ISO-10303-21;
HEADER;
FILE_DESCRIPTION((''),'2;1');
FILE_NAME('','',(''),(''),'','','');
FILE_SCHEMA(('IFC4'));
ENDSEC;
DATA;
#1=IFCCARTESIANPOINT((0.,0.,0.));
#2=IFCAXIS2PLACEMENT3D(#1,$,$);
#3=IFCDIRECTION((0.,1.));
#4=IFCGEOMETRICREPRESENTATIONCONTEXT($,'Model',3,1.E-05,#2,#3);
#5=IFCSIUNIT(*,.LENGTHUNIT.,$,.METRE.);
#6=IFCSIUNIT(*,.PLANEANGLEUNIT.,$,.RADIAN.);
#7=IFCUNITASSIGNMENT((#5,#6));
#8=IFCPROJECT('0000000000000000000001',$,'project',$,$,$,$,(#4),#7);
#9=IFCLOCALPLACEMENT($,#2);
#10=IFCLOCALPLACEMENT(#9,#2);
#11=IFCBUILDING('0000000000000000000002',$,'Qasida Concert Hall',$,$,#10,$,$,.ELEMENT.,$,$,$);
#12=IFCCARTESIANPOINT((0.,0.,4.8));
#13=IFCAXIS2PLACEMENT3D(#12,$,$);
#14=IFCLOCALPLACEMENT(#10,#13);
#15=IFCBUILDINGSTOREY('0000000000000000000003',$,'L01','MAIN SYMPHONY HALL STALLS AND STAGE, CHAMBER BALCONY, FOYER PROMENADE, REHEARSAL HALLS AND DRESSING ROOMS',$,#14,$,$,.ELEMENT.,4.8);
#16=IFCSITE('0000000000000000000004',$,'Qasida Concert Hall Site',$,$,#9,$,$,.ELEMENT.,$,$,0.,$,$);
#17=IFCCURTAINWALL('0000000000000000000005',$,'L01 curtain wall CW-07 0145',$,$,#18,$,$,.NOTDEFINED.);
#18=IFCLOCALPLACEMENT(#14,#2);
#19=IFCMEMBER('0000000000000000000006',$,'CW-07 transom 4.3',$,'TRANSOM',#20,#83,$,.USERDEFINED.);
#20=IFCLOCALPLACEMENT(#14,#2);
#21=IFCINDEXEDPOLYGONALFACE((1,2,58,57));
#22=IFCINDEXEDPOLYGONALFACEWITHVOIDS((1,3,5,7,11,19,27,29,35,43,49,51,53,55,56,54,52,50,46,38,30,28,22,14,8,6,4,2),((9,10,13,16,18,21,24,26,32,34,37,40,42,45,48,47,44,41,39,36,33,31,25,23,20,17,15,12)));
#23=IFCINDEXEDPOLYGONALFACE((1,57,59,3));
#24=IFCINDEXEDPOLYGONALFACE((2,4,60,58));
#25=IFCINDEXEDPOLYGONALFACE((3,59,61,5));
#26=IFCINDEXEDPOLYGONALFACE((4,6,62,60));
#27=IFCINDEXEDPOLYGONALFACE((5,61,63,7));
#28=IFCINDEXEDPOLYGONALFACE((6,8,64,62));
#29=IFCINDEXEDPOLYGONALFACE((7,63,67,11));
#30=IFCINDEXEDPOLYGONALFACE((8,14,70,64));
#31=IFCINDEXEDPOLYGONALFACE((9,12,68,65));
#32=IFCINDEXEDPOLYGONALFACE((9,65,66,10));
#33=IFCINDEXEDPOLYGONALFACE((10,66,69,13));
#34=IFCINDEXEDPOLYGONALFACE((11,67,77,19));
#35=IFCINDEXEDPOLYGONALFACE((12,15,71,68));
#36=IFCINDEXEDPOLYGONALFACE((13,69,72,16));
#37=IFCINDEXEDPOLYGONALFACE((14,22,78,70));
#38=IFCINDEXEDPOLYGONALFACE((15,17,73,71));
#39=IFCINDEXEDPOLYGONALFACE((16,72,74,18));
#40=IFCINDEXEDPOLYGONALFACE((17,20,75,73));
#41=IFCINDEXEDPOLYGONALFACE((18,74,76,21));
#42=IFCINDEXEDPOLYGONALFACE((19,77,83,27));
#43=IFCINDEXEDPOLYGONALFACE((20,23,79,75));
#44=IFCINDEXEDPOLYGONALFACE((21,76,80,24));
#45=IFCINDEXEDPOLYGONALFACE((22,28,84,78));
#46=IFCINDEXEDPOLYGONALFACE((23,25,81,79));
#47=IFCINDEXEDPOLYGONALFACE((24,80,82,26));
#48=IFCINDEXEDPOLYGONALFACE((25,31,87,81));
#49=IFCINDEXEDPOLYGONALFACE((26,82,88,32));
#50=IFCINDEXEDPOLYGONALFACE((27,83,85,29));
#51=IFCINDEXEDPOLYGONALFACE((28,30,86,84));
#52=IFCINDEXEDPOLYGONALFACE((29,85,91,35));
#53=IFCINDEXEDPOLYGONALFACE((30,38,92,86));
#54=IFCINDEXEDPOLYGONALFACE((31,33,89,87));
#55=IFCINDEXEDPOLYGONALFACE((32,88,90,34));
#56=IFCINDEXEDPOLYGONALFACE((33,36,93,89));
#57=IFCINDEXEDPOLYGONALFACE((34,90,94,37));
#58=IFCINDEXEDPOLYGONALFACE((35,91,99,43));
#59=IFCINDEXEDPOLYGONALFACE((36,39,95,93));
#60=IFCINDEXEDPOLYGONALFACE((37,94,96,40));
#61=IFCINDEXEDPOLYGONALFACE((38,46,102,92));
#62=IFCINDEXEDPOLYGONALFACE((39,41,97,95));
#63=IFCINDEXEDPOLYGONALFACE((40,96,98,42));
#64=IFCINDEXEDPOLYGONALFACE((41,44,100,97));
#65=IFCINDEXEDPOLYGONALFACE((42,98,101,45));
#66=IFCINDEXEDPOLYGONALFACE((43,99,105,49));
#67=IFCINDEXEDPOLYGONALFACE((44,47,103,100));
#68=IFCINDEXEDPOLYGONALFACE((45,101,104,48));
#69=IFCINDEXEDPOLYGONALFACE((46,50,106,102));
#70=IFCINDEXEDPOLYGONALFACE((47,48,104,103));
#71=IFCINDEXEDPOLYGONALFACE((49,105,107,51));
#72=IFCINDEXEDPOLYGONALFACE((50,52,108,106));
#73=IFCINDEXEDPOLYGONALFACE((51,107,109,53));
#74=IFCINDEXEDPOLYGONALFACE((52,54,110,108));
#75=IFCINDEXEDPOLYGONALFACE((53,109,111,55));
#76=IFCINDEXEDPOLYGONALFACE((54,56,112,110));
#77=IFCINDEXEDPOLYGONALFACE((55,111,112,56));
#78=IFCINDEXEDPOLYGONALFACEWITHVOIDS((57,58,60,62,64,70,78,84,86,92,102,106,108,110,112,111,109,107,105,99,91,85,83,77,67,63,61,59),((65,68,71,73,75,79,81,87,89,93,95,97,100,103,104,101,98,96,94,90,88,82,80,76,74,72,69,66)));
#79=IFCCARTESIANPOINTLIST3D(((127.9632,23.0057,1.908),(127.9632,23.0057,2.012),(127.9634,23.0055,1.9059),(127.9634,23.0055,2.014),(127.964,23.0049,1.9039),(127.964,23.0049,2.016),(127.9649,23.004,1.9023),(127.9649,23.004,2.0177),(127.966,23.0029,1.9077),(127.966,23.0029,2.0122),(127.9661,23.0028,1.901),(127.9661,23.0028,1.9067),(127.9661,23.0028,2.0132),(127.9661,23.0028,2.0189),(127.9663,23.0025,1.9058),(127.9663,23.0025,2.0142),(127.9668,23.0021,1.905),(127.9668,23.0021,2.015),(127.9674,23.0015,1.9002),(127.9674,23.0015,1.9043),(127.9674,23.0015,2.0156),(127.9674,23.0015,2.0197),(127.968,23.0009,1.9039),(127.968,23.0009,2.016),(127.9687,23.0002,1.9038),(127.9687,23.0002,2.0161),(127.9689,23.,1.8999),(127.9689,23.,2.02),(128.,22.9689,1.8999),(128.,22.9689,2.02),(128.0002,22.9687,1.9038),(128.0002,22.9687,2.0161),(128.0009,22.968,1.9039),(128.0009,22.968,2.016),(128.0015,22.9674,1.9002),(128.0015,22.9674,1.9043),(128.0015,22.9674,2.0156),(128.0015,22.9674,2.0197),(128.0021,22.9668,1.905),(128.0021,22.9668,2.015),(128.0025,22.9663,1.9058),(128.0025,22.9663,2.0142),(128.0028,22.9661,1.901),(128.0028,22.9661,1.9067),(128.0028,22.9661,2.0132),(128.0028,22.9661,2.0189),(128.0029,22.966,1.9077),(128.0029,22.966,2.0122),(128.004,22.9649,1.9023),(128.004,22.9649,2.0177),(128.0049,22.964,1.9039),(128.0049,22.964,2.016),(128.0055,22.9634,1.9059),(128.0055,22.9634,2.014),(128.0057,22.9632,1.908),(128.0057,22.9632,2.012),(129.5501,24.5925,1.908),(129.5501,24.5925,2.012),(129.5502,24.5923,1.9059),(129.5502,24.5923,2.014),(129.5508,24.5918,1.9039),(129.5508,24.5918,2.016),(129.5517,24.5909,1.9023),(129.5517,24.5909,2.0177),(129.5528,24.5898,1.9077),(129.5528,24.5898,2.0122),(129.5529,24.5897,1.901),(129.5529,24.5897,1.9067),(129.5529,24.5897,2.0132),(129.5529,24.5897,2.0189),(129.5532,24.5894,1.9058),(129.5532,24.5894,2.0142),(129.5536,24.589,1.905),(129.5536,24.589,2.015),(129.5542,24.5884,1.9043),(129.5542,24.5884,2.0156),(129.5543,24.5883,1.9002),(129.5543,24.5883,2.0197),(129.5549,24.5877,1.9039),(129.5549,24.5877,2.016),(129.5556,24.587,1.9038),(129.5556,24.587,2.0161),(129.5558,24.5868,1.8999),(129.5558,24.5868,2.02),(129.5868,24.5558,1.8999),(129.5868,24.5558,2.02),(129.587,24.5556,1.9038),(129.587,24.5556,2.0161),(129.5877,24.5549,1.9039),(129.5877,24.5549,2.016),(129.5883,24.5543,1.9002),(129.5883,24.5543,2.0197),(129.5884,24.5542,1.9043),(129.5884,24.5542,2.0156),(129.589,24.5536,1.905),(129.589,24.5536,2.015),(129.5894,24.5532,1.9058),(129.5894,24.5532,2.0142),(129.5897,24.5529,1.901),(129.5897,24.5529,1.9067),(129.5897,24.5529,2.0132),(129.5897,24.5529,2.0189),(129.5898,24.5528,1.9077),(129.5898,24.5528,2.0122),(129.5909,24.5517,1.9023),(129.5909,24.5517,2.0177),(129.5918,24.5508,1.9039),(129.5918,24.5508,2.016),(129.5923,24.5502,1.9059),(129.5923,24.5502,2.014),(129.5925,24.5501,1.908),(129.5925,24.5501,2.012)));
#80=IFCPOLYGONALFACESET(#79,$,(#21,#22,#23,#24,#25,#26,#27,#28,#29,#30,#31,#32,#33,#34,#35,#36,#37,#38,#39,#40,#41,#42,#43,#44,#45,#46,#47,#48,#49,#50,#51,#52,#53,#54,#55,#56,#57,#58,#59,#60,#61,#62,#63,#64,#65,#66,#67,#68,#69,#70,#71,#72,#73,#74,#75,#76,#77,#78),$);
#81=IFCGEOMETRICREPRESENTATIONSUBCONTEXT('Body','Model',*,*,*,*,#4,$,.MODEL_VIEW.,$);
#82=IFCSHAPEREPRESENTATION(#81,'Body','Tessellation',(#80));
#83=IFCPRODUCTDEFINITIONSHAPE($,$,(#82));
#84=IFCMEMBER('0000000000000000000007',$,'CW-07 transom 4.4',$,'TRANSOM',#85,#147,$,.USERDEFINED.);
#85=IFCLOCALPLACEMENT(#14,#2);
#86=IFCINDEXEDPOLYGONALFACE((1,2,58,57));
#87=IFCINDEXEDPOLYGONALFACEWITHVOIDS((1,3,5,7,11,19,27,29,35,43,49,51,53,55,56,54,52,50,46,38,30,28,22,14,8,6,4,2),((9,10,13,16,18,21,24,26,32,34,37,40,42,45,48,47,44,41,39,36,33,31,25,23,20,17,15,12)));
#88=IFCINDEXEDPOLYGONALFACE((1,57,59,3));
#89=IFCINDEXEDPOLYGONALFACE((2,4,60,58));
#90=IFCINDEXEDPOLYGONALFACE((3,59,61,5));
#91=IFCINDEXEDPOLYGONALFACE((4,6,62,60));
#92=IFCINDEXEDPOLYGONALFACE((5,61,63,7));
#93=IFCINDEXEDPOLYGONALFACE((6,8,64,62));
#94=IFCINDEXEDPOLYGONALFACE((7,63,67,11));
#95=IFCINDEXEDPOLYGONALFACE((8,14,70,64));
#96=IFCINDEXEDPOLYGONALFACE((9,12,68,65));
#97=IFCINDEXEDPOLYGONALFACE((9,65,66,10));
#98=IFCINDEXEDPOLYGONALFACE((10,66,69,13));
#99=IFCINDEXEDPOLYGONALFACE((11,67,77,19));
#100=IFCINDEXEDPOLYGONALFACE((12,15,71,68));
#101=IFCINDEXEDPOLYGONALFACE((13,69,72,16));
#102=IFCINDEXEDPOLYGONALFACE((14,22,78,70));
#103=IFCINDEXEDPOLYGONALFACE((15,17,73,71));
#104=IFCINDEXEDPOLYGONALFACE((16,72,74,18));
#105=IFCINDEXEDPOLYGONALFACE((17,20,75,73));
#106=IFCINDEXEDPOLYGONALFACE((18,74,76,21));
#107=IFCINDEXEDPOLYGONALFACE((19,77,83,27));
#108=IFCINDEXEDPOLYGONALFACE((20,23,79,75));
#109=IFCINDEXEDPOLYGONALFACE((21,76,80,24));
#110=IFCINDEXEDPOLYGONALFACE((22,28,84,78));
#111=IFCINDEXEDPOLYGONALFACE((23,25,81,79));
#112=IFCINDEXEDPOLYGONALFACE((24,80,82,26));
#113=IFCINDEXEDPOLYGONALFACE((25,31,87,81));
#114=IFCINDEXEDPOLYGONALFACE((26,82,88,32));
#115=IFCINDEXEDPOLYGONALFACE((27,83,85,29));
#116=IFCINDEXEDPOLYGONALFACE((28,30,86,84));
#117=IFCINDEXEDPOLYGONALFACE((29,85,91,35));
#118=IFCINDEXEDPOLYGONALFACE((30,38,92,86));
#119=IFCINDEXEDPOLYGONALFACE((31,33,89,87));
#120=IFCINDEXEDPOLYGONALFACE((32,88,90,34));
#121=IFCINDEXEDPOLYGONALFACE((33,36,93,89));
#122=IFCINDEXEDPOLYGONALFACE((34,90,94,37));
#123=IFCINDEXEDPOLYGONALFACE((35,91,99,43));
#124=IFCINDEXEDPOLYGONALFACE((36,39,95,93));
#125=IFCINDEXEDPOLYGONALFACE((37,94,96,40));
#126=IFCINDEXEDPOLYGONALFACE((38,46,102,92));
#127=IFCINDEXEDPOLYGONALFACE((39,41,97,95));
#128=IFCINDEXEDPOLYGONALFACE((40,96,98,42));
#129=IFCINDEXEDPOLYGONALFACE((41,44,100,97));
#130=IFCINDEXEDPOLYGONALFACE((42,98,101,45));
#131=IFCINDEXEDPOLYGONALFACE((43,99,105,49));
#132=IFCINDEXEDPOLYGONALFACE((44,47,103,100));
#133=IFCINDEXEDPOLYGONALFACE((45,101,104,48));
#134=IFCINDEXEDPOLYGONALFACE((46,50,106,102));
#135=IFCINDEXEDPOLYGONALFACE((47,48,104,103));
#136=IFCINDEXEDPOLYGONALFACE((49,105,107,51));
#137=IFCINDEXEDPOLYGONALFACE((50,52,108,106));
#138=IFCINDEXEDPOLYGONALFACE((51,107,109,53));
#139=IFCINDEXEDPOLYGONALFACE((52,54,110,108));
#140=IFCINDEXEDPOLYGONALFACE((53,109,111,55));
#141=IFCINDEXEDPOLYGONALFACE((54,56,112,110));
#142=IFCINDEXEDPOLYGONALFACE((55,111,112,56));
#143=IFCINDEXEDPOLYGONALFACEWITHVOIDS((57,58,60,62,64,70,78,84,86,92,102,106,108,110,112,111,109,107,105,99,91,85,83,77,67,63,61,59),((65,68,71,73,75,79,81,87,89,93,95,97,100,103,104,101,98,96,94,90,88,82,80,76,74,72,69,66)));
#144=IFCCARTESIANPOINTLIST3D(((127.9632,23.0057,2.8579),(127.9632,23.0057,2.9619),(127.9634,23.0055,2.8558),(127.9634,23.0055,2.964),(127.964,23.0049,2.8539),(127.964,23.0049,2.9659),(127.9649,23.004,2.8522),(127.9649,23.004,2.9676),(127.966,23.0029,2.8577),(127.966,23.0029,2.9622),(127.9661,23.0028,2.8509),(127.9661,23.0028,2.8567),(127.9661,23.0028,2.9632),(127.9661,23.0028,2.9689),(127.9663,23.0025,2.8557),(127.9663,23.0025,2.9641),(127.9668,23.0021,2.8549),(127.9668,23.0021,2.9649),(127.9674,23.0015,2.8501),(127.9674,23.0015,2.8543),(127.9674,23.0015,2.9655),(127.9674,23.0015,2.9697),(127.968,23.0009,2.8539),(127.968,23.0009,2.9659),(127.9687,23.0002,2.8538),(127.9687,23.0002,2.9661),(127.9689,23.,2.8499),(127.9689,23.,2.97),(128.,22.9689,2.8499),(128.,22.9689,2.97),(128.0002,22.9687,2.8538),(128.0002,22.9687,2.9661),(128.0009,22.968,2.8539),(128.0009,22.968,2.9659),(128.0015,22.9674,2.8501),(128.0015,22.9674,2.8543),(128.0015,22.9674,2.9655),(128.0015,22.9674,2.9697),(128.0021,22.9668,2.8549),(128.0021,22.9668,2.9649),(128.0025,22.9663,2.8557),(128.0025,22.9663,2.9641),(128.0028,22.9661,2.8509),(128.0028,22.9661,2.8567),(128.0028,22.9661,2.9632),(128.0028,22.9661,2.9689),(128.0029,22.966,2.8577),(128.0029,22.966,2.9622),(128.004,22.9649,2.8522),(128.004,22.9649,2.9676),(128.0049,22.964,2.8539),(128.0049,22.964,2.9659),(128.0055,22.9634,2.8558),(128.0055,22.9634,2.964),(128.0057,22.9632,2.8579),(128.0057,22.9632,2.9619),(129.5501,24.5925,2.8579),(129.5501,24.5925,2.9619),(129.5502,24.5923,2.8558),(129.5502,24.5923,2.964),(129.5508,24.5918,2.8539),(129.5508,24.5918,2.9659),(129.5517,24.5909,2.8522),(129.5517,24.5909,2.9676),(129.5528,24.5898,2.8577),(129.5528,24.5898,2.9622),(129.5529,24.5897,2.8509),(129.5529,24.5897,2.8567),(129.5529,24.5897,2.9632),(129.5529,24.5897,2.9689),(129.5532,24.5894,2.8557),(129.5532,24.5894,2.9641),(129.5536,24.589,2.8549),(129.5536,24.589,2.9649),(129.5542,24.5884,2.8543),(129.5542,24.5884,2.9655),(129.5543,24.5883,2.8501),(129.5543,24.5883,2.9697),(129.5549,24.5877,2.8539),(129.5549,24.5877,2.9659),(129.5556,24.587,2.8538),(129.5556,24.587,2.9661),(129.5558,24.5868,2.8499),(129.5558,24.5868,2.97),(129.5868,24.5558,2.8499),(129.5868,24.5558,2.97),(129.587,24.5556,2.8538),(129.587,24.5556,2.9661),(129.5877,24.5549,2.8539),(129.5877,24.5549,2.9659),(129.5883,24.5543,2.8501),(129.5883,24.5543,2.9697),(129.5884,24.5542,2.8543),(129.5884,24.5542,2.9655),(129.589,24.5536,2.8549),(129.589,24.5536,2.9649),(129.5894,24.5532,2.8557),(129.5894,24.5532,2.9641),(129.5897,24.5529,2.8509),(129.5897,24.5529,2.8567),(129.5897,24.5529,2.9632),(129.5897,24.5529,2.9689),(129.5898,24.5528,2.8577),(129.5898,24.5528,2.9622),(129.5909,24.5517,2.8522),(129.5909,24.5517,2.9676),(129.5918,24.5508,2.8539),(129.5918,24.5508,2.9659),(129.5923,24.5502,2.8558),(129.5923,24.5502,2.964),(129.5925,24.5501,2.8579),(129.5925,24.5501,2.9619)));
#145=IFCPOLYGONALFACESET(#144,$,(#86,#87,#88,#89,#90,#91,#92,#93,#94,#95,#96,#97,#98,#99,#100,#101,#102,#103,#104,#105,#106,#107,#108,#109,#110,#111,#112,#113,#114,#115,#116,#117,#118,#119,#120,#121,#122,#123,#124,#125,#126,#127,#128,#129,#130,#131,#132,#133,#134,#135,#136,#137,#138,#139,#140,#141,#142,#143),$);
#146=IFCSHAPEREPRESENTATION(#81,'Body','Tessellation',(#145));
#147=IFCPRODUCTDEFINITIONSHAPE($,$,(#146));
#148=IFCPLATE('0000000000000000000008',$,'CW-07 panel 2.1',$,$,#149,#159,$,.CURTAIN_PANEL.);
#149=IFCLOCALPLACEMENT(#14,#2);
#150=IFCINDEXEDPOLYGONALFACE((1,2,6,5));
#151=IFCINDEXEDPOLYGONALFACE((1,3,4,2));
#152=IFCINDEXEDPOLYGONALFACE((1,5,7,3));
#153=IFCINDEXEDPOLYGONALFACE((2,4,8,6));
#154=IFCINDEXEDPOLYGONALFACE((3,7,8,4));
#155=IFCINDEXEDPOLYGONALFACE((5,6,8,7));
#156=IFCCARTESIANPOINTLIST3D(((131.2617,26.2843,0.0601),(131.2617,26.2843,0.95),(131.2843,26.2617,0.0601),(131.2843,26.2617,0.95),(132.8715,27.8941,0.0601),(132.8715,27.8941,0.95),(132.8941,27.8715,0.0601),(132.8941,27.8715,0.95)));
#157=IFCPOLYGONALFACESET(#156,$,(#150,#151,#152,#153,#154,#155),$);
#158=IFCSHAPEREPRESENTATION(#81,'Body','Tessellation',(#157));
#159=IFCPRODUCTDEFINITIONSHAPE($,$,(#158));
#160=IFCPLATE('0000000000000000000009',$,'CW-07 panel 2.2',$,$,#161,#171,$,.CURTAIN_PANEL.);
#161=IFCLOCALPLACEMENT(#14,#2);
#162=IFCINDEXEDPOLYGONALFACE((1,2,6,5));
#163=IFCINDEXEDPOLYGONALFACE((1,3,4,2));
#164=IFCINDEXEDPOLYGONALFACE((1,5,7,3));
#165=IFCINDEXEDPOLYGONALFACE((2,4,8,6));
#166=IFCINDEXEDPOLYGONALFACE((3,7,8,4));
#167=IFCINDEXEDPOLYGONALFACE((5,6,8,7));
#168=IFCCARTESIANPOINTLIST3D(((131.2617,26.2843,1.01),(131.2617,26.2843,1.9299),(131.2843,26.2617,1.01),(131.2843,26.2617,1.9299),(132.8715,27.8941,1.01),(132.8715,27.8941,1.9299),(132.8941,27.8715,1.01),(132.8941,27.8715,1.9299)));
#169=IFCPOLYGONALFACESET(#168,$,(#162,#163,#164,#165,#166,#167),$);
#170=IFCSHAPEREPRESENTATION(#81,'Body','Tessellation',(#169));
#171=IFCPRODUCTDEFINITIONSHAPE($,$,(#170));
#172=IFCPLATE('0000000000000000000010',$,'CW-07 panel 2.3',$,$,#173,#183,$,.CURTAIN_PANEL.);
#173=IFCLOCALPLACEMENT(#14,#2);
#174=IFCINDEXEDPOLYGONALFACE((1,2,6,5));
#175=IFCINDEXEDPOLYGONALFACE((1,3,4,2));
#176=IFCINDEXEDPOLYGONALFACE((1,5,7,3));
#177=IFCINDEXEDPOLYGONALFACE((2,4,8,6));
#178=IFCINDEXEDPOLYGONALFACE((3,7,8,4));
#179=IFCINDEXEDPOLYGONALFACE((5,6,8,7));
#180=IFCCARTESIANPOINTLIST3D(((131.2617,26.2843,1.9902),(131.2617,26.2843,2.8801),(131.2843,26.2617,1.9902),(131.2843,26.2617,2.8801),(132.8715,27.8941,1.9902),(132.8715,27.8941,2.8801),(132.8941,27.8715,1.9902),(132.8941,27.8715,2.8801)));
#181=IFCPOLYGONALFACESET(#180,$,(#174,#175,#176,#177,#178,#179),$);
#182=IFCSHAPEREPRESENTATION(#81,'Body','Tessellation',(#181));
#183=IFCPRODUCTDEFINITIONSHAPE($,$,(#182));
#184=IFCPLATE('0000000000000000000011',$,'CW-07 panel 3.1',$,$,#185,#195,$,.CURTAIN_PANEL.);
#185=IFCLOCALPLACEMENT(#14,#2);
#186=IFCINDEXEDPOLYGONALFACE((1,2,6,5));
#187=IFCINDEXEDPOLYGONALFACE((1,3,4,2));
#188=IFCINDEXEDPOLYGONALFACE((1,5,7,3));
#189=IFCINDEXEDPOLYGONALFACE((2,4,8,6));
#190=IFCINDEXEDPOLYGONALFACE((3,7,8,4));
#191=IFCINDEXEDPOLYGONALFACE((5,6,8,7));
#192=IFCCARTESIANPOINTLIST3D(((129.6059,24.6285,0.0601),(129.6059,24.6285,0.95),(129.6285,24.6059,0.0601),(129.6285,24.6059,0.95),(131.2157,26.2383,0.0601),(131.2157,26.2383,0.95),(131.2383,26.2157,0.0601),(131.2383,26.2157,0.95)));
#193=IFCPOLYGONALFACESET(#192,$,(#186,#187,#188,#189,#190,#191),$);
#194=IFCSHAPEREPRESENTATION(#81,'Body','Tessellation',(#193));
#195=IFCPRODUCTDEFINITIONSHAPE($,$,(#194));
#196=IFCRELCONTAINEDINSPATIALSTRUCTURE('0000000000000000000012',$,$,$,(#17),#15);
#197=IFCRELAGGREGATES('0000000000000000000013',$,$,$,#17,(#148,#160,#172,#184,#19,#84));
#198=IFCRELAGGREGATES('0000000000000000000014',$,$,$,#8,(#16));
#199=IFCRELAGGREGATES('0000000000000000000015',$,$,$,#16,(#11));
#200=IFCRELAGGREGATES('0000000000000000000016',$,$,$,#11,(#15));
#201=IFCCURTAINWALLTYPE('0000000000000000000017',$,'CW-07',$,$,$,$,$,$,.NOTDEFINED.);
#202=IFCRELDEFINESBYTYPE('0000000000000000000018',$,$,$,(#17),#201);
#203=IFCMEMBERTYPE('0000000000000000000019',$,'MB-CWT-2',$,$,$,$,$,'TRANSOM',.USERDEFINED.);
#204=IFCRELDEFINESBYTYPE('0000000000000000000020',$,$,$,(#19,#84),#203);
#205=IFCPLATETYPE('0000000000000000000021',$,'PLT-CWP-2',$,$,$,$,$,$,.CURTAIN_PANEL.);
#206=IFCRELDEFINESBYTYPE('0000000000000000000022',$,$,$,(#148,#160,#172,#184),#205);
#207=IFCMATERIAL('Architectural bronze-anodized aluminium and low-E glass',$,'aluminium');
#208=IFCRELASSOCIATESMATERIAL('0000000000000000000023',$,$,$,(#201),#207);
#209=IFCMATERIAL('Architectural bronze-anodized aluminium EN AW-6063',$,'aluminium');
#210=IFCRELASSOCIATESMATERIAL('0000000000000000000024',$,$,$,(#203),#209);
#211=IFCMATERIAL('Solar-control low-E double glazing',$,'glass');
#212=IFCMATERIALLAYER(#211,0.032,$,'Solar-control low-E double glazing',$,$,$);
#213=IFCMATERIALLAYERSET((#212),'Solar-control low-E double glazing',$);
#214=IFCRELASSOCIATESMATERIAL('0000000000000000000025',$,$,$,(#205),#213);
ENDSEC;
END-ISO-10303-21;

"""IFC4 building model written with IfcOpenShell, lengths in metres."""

from ifc_helpers import new_model, si_unit, direction, frame, origin, origin_2d, place, context, subcontext, project, spatial, rectangle, hollow_rectangle, extrude, material, layer, layer_set, material_profile, profile_set, type_object, element, aggregate, save


model = new_model("IFC4")

# Units and contexts
model_context = context("Model", 3, precision=1e-05, world=origin(), true_north=direction((0.0, 1.0)))
body_context = subcontext(model_context, "Body", "Model", "MODEL_VIEW")
ifc_project = project(units=[si_unit("LENGTHUNIT", "METRE"), si_unit("PLANEANGLEUNIT", "RADIAN")], contexts=[model_context])

# Site, building, storey
site_placement = place(None, origin())
site = spatial("IfcSite", under=ifc_project, at=site_placement, Name="Qasida Concert Hall Site", CompositionType="ELEMENT", RefElevation=0.0)
building_placement = place(site_placement, origin())
building = spatial("IfcBuilding", under=site, at=building_placement, Name="Qasida Concert Hall", CompositionType="ELEMENT")
storey_placement = place(building_placement, frame((0.0, 0.0, 4.8)))
storey = spatial("IfcBuildingStorey", under=building, at=storey_placement, Name="L01", Description="MAIN SYMPHONY HALL STALLS AND STAGE, CHAMBER BALCONY, FOYER PROMENADE, REHEARSAL HALLS AND DRESSING ROOMS", CompositionType="ELEMENT", Elevation=4.8)

# Curtain wall, members, plates
ifc_material_1 = material(Name="Architectural bronze-anodized aluminium and low-E glass", Category="aluminium")
curtain_wall_type = type_object("IfcCurtainWallType", Name="CW-07", PredefinedType="NOTDEFINED", material=ifc_material_1)
curtain_wall_placement = place(storey_placement, origin())
curtain_wall = element("IfcCurtainWall", 1, at=curtain_wall_placement, inside=storey, type_object=curtain_wall_type, Name="L01 curtain wall CW-07 0145", PredefinedType="NOTDEFINED")
ifc_material_2 = material(Name="Architectural bronze-anodized aluminium EN AW-6063", Category="aluminium")
ifc_material_profile_1 = material_profile(ifc_material_2, hollow_rectangle(XDim=0.0601, YDim=0.1201, WallThickness=0.0039, InnerFilletRadius=0.0039, OuterFilletRadius=0.0081, at=origin_2d()), Name="CWT 120x60x4")
ifc_profile_set_1 = profile_set([ifc_material_profile_1], Name="Architectural bronze-anodized aluminium EN AW-6063")
member_type_1 = type_object("IfcMemberType", Name="MB-CWT-2", ElementType="TRANSOM", PredefinedType="USERDEFINED", material=ifc_profile_set_1)
member_1_placement = place(storey_placement, frame((129.5713, 24.5713, 1.96), z_axis=(-0.707107, -0.707107, 0.0), x_axis=(0.707107, -0.707107, 0.0)))
member_1 = element("IfcMember", 2, at=member_1_placement, type_object=member_type_1, Name="CW-07 transom 4.3", ObjectType="TRANSOM", PredefinedType="USERDEFINED", context=body_context, shape_type="SweptSolid", body=[
    extrude(hollow_rectangle(XDim=0.0601, YDim=0.1201, WallThickness=0.0039, InnerFilletRadius=0.0039, OuterFilletRadius=0.0081, at=origin_2d()), origin(), (0.0, 0.0, 1.0), 2.2441),
])
member_2_placement = place(storey_placement, frame((129.5713, 24.5713, 2.9099), z_axis=(-0.707107, -0.707107, 0.0), x_axis=(0.707107, -0.707107, 0.0)))
member_2 = element("IfcMember", 3, at=member_2_placement, type_object=member_type_1, Name="CW-07 transom 4.4", ObjectType="TRANSOM", PredefinedType="USERDEFINED", context=body_context, shape_type="SweptSolid", body=[
    extrude(hollow_rectangle(XDim=0.0601, YDim=0.1201, WallThickness=0.0039, InnerFilletRadius=0.0039, OuterFilletRadius=0.0081, at=origin_2d()), origin(), (0.0, 0.0, 1.0), 2.2441),
])
ifc_material_3 = material(Name="Solar-control low-E double glazing", Category="glass")
ifc_layer = layer(ifc_material_3, 0.032, Name="Solar-control low-E double glazing")
ifc_layer_set = layer_set([ifc_layer], Name="Solar-control low-E double glazing")
plate_type = type_object("IfcPlateType", Name="PLT-CWP-2", PredefinedType="CURTAIN_PANEL", material=ifc_layer_set)
plate_1_placement = place(storey_placement, frame((132.0779, 27.0779, 0.0601), z_axis=(0.0, 0.0, 1.0), x_axis=(-0.707107, -0.707107, 0.0)))
plate_1 = element("IfcPlate", 4, at=plate_1_placement, type_object=plate_type, Name="CW-07 panel 2.1", PredefinedType="CURTAIN_PANEL", context=body_context, shape_type="SweptSolid", body=[
    extrude(rectangle(XDim=2.2766, YDim=0.032, at=origin_2d()), origin(), (0.0, 0.0, 1.0), 0.8899),
])
plate_2_placement = place(storey_placement, frame((132.0779, 27.0779, 1.01), z_axis=(0.0, 0.0, 1.0), x_axis=(-0.707107, -0.707107, 0.0)))
plate_2 = element("IfcPlate", 5, at=plate_2_placement, type_object=plate_type, Name="CW-07 panel 2.2", PredefinedType="CURTAIN_PANEL", context=body_context, shape_type="SweptSolid", body=[
    extrude(rectangle(XDim=2.2766, YDim=0.032, at=origin_2d()), origin(), (0.0, 0.0, 1.0), 0.9199),
])
plate_3_placement = place(storey_placement, frame((132.0779, 27.0779, 1.9902), z_axis=(0.0, 0.0, 1.0), x_axis=(-0.707107, -0.707107, 0.0)))
plate_3 = element("IfcPlate", 6, at=plate_3_placement, type_object=plate_type, Name="CW-07 panel 2.3", PredefinedType="CURTAIN_PANEL", context=body_context, shape_type="SweptSolid", body=[
    extrude(rectangle(XDim=2.2766, YDim=0.032, at=origin_2d()), origin(), (0.0, 0.0, 1.0), 0.8899),
])
plate_4_placement = place(storey_placement, frame((130.4221, 25.4221, 0.0601), z_axis=(0.0, 0.0, 1.0), x_axis=(-0.707107, -0.707107, 0.0)))
plate_4 = element("IfcPlate", 7, at=plate_4_placement, type_object=plate_type, Name="CW-07 panel 3.1", PredefinedType="CURTAIN_PANEL", context=body_context, shape_type="SweptSolid", body=[
    extrude(rectangle(XDim=2.2766, YDim=0.032, at=origin_2d()), origin(), (0.0, 0.0, 1.0), 0.8899),
])
aggregate(curtain_wall, [plate_1, plate_2, plate_3, plate_4, member_1, member_2])

save(model, "model.ifc")
